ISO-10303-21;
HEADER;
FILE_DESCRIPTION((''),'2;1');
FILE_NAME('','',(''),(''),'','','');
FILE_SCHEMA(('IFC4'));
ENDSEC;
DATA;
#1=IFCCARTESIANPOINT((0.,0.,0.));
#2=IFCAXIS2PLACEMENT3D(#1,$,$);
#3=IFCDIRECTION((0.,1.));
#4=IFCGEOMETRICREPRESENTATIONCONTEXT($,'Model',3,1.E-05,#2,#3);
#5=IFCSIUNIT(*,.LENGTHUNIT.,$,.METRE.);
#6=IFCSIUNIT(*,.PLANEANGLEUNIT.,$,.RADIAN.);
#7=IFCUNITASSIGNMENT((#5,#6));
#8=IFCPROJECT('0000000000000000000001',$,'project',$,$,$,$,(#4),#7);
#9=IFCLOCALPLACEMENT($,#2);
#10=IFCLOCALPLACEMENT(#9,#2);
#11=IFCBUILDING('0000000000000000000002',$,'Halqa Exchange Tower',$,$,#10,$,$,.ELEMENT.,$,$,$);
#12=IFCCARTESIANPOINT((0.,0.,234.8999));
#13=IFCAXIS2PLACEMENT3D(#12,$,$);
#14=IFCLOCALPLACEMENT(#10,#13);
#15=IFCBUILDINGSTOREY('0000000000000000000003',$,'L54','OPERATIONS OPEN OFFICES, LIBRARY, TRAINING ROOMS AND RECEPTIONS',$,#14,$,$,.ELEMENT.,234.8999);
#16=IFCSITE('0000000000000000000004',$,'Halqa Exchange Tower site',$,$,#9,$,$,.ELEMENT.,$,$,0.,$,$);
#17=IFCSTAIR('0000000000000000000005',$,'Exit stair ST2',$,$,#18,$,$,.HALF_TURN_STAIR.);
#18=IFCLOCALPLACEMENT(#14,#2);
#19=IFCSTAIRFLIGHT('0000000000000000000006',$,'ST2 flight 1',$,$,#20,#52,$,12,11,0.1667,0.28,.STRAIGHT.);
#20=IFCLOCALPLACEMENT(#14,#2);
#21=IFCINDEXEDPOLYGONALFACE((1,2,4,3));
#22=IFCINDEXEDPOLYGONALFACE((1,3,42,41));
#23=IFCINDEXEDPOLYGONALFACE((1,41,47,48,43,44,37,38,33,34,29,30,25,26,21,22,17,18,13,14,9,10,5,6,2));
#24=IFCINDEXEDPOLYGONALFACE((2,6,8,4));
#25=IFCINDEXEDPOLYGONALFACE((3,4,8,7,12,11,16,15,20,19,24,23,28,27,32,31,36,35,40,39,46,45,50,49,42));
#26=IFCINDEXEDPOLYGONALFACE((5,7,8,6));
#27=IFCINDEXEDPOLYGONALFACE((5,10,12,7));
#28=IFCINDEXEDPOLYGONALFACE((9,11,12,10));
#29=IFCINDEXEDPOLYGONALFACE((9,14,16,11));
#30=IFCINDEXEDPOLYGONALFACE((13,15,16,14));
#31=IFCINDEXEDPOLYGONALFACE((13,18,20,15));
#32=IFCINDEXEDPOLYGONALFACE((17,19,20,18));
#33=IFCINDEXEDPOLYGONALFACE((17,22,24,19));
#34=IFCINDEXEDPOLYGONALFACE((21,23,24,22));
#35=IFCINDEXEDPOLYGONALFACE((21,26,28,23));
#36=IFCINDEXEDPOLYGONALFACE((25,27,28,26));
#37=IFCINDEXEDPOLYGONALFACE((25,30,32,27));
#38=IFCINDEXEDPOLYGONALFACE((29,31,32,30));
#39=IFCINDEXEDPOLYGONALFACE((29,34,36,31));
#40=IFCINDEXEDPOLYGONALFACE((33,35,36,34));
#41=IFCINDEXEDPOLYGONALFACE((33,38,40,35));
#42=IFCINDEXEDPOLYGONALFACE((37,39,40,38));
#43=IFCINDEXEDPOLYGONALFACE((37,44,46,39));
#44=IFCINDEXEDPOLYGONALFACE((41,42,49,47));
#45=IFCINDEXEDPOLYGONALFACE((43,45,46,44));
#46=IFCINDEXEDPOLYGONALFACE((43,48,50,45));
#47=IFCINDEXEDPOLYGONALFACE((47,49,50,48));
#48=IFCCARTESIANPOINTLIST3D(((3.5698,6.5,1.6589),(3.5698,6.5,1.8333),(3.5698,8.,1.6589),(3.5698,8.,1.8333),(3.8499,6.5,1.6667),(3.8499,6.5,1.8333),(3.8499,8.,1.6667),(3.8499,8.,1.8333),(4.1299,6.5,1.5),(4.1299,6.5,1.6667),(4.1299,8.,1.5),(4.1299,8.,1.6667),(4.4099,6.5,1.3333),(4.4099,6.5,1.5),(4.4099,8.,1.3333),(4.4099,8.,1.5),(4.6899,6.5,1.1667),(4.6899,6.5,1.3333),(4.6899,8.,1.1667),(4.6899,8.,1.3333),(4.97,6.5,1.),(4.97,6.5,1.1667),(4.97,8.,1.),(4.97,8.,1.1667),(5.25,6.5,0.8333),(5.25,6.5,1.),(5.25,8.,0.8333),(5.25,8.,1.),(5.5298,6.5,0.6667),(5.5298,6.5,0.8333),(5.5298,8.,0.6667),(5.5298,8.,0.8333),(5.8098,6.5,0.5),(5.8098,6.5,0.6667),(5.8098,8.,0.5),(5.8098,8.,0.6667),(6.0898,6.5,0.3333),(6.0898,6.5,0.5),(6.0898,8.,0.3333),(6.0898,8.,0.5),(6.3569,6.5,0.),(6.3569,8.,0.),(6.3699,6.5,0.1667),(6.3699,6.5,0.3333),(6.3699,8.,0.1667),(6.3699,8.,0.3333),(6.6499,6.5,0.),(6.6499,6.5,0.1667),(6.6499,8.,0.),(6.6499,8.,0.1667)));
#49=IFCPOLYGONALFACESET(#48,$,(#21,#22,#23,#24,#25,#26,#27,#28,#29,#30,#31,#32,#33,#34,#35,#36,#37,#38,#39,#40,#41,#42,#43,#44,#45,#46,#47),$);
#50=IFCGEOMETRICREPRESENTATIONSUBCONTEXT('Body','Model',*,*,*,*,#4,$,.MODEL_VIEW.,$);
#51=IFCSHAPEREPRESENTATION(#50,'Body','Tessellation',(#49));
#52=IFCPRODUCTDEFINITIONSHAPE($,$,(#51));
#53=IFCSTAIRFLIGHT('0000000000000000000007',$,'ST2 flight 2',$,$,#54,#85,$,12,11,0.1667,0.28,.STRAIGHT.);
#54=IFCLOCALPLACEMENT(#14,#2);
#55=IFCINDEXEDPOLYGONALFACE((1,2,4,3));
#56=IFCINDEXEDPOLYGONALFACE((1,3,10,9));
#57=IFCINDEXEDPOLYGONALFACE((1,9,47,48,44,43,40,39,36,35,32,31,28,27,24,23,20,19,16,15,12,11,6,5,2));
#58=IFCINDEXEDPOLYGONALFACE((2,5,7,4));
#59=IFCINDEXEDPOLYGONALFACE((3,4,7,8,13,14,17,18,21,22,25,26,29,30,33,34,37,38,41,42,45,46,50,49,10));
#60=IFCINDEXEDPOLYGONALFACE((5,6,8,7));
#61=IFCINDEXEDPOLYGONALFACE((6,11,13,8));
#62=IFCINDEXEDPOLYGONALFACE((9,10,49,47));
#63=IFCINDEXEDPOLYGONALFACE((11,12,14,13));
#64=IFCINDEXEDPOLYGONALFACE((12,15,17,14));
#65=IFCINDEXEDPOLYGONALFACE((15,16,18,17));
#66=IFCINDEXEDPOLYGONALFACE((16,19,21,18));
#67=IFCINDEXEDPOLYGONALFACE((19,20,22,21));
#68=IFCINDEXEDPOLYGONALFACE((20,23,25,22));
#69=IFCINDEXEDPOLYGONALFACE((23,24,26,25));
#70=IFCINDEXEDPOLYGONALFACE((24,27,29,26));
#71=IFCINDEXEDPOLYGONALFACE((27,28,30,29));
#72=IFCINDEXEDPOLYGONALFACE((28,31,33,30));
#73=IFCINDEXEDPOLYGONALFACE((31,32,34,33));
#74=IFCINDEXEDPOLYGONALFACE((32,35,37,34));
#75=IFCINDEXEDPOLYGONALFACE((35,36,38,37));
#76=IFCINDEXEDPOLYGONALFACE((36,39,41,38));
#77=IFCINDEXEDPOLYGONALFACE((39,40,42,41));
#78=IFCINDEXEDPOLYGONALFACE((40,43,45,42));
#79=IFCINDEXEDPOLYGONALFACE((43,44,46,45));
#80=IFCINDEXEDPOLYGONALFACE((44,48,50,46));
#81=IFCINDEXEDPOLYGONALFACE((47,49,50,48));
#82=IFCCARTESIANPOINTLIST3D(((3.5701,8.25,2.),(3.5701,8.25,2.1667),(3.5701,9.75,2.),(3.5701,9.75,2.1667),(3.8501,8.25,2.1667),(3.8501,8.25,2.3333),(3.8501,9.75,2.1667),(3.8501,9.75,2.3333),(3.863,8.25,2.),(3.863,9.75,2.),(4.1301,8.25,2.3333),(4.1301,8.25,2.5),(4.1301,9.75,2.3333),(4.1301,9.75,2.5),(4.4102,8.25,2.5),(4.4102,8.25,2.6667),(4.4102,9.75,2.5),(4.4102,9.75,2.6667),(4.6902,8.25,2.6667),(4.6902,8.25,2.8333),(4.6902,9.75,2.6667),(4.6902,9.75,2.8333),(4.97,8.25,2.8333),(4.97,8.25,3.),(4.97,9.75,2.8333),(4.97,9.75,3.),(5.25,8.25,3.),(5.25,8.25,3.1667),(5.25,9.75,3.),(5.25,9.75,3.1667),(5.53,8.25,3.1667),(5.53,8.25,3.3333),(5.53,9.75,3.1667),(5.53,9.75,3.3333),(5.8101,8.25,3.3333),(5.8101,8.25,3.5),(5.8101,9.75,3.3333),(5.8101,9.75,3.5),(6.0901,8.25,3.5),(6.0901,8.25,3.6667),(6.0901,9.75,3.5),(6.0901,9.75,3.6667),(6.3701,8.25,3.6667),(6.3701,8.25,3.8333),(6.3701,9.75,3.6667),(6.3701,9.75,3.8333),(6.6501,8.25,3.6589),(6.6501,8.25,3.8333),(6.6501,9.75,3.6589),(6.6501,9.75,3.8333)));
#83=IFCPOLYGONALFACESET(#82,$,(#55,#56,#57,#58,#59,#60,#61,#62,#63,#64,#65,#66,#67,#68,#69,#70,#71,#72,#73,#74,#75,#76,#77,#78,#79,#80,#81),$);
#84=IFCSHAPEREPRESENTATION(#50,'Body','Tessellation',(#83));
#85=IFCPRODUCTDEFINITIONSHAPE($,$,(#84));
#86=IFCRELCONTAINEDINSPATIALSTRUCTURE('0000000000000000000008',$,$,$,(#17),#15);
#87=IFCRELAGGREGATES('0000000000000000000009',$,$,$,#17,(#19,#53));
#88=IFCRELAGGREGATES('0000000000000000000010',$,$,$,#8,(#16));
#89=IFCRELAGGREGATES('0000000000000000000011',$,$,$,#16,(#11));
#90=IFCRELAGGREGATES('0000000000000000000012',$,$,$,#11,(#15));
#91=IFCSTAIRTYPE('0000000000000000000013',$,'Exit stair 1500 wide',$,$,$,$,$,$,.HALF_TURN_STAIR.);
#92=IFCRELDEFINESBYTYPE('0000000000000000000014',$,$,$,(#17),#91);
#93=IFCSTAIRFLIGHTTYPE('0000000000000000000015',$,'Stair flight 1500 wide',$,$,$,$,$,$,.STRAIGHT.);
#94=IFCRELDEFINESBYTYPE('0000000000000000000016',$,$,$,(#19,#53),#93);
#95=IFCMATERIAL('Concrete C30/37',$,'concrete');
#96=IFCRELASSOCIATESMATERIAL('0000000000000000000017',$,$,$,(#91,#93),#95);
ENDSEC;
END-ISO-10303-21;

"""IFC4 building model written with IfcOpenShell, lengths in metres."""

from ifc_helpers import new_model, si_unit, direction, frame, origin, place, context, subcontext, project, spatial, polyline, outline, extrude, material, type_object, element, aggregate, save


model = new_model("IFC4")

# Units and contexts
model_context = context("Model", 3, precision=1e-05, world=origin(), true_north=direction((0.0, 1.0)))
body_context = subcontext(model_context, "Body", "Model", "MODEL_VIEW")
ifc_project = project(units=[si_unit("LENGTHUNIT", "METRE"), si_unit("PLANEANGLEUNIT", "RADIAN")], contexts=[model_context])

# Site, building, storey
site_placement = place(None, origin())
site = spatial("IfcSite", under=ifc_project, at=site_placement, Name="Halqa Exchange Tower site", CompositionType="ELEMENT", RefElevation=0.0)
building_placement = place(site_placement, origin())
building = spatial("IfcBuilding", under=site, at=building_placement, Name="Halqa Exchange Tower", CompositionType="ELEMENT")
storey_placement = place(building_placement, frame((0.0, 0.0, 234.8999)))
storey = spatial("IfcBuildingStorey", under=building, at=storey_placement, Name="L54", Description="OPERATIONS OPEN OFFICES, LIBRARY, TRAINING ROOMS AND RECEPTIONS", CompositionType="ELEMENT", Elevation=234.8999)

# Stair
ifc_material_1 = material(Name="Concrete C30/37", Category="concrete")
stair_type = type_object("IfcStairType", Name="Exit stair 1500 wide", PredefinedType="HALF_TURN_STAIR", material=ifc_material_1)
stair_1_placement = place(storey_placement, origin())
stair_1 = element("IfcStair", 1, at=stair_1_placement, inside=storey, type_object=stair_type, Name="Exit stair ST2", PredefinedType="HALF_TURN_STAIR")

# Stair flights
stair_flight_type = type_object("IfcStairFlightType", Name="Stair flight 1500 wide", PredefinedType="STRAIGHT", material=ifc_material_1)
stair_flight_1_placement = place(storey_placement, frame((6.6499, 7.25, 0.0), z_axis=(0.0, 0.0, 1.0), x_axis=(-1.0, 0.0, 0.0)))
stair_flight_1 = element("IfcStairFlight", 2, at=stair_flight_1_placement, type_object=stair_flight_type, Name="ST2 flight 1", NumberOfRisers=12, NumberOfTreads=11, PredefinedType="STRAIGHT", RiserHeight=0.1667, TreadLength=0.28, context=body_context, shape_type="SweptSolid", body=[
    extrude(outline(polyline([(0.0, 0.0), (0.0, 0.1667), (0.28, 0.1667), (0.28, 0.3333), (0.5601, 0.3333), (0.5601, 0.5), (0.8401, 0.5), (0.8401, 0.6667), (1.1201, 0.6667), (1.1201, 0.8333), (1.3999, 0.8333), (1.3999, 1.0), (1.6799, 1.0), (1.6799, 1.1667), (1.96, 1.1667), (1.96, 1.3333), (2.24, 1.3333), (2.24, 1.5), (2.52, 1.5), (2.52, 1.6667), (2.8, 1.6667), (2.8, 1.8333), (3.0801, 1.8333), (3.0801, 2.0), (3.0801, 1.6589), (0.293, 0.0), (0.0, 0.0)])), frame((0.0, 0.75, 0.0), z_axis=(0.0, -1.0, 0.0), x_axis=(1.0, 0.0, 0.0)), (0.0, 0.0, 1.0), 1.5),
])
stair_flight_2_placement = place(storey_placement, frame((3.5701, 9.0, 2.0), z_axis=(0.0, 0.0, 1.0), x_axis=(1.0, 0.0, 0.0)))
stair_flight_2 = element("IfcStairFlight", 3, at=stair_flight_2_placement, type_object=stair_flight_type, Name="ST2 flight 2", NumberOfRisers=12, NumberOfTreads=11, PredefinedType="STRAIGHT", RiserHeight=0.1667, TreadLength=0.28, context=body_context, shape_type="SweptSolid", body=[
    extrude(outline(polyline([(0.0, 0.0), (0.0, 0.1667), (0.28, 0.1667), (0.28, 0.3333), (0.5601, 0.3333), (0.5601, 0.5), (0.8401, 0.5), (0.8401, 0.6667), (1.1201, 0.6667), (1.1201, 0.8333), (1.3999, 0.8333), (1.3999, 1.0), (1.6799, 1.0), (1.6799, 1.1667), (1.96, 1.1667), (1.96, 1.3333), (2.24, 1.3333), (2.24, 1.5), (2.52, 1.5), (2.52, 1.6667), (2.8, 1.6667), (2.8, 1.8333), (3.0801, 1.8333), (3.0801, 2.0), (3.0801, 1.6589), (0.293, 0.0), (0.0, 0.0)])), frame((0.0, 0.75, 0.0), z_axis=(0.0, -1.0, 0.0), x_axis=(1.0, 0.0, 0.0)), (0.0, 0.0, 1.0), 1.5),
])
aggregate(stair_1, [stair_flight_1, stair_flight_2])

save(model, "model.ifc")
